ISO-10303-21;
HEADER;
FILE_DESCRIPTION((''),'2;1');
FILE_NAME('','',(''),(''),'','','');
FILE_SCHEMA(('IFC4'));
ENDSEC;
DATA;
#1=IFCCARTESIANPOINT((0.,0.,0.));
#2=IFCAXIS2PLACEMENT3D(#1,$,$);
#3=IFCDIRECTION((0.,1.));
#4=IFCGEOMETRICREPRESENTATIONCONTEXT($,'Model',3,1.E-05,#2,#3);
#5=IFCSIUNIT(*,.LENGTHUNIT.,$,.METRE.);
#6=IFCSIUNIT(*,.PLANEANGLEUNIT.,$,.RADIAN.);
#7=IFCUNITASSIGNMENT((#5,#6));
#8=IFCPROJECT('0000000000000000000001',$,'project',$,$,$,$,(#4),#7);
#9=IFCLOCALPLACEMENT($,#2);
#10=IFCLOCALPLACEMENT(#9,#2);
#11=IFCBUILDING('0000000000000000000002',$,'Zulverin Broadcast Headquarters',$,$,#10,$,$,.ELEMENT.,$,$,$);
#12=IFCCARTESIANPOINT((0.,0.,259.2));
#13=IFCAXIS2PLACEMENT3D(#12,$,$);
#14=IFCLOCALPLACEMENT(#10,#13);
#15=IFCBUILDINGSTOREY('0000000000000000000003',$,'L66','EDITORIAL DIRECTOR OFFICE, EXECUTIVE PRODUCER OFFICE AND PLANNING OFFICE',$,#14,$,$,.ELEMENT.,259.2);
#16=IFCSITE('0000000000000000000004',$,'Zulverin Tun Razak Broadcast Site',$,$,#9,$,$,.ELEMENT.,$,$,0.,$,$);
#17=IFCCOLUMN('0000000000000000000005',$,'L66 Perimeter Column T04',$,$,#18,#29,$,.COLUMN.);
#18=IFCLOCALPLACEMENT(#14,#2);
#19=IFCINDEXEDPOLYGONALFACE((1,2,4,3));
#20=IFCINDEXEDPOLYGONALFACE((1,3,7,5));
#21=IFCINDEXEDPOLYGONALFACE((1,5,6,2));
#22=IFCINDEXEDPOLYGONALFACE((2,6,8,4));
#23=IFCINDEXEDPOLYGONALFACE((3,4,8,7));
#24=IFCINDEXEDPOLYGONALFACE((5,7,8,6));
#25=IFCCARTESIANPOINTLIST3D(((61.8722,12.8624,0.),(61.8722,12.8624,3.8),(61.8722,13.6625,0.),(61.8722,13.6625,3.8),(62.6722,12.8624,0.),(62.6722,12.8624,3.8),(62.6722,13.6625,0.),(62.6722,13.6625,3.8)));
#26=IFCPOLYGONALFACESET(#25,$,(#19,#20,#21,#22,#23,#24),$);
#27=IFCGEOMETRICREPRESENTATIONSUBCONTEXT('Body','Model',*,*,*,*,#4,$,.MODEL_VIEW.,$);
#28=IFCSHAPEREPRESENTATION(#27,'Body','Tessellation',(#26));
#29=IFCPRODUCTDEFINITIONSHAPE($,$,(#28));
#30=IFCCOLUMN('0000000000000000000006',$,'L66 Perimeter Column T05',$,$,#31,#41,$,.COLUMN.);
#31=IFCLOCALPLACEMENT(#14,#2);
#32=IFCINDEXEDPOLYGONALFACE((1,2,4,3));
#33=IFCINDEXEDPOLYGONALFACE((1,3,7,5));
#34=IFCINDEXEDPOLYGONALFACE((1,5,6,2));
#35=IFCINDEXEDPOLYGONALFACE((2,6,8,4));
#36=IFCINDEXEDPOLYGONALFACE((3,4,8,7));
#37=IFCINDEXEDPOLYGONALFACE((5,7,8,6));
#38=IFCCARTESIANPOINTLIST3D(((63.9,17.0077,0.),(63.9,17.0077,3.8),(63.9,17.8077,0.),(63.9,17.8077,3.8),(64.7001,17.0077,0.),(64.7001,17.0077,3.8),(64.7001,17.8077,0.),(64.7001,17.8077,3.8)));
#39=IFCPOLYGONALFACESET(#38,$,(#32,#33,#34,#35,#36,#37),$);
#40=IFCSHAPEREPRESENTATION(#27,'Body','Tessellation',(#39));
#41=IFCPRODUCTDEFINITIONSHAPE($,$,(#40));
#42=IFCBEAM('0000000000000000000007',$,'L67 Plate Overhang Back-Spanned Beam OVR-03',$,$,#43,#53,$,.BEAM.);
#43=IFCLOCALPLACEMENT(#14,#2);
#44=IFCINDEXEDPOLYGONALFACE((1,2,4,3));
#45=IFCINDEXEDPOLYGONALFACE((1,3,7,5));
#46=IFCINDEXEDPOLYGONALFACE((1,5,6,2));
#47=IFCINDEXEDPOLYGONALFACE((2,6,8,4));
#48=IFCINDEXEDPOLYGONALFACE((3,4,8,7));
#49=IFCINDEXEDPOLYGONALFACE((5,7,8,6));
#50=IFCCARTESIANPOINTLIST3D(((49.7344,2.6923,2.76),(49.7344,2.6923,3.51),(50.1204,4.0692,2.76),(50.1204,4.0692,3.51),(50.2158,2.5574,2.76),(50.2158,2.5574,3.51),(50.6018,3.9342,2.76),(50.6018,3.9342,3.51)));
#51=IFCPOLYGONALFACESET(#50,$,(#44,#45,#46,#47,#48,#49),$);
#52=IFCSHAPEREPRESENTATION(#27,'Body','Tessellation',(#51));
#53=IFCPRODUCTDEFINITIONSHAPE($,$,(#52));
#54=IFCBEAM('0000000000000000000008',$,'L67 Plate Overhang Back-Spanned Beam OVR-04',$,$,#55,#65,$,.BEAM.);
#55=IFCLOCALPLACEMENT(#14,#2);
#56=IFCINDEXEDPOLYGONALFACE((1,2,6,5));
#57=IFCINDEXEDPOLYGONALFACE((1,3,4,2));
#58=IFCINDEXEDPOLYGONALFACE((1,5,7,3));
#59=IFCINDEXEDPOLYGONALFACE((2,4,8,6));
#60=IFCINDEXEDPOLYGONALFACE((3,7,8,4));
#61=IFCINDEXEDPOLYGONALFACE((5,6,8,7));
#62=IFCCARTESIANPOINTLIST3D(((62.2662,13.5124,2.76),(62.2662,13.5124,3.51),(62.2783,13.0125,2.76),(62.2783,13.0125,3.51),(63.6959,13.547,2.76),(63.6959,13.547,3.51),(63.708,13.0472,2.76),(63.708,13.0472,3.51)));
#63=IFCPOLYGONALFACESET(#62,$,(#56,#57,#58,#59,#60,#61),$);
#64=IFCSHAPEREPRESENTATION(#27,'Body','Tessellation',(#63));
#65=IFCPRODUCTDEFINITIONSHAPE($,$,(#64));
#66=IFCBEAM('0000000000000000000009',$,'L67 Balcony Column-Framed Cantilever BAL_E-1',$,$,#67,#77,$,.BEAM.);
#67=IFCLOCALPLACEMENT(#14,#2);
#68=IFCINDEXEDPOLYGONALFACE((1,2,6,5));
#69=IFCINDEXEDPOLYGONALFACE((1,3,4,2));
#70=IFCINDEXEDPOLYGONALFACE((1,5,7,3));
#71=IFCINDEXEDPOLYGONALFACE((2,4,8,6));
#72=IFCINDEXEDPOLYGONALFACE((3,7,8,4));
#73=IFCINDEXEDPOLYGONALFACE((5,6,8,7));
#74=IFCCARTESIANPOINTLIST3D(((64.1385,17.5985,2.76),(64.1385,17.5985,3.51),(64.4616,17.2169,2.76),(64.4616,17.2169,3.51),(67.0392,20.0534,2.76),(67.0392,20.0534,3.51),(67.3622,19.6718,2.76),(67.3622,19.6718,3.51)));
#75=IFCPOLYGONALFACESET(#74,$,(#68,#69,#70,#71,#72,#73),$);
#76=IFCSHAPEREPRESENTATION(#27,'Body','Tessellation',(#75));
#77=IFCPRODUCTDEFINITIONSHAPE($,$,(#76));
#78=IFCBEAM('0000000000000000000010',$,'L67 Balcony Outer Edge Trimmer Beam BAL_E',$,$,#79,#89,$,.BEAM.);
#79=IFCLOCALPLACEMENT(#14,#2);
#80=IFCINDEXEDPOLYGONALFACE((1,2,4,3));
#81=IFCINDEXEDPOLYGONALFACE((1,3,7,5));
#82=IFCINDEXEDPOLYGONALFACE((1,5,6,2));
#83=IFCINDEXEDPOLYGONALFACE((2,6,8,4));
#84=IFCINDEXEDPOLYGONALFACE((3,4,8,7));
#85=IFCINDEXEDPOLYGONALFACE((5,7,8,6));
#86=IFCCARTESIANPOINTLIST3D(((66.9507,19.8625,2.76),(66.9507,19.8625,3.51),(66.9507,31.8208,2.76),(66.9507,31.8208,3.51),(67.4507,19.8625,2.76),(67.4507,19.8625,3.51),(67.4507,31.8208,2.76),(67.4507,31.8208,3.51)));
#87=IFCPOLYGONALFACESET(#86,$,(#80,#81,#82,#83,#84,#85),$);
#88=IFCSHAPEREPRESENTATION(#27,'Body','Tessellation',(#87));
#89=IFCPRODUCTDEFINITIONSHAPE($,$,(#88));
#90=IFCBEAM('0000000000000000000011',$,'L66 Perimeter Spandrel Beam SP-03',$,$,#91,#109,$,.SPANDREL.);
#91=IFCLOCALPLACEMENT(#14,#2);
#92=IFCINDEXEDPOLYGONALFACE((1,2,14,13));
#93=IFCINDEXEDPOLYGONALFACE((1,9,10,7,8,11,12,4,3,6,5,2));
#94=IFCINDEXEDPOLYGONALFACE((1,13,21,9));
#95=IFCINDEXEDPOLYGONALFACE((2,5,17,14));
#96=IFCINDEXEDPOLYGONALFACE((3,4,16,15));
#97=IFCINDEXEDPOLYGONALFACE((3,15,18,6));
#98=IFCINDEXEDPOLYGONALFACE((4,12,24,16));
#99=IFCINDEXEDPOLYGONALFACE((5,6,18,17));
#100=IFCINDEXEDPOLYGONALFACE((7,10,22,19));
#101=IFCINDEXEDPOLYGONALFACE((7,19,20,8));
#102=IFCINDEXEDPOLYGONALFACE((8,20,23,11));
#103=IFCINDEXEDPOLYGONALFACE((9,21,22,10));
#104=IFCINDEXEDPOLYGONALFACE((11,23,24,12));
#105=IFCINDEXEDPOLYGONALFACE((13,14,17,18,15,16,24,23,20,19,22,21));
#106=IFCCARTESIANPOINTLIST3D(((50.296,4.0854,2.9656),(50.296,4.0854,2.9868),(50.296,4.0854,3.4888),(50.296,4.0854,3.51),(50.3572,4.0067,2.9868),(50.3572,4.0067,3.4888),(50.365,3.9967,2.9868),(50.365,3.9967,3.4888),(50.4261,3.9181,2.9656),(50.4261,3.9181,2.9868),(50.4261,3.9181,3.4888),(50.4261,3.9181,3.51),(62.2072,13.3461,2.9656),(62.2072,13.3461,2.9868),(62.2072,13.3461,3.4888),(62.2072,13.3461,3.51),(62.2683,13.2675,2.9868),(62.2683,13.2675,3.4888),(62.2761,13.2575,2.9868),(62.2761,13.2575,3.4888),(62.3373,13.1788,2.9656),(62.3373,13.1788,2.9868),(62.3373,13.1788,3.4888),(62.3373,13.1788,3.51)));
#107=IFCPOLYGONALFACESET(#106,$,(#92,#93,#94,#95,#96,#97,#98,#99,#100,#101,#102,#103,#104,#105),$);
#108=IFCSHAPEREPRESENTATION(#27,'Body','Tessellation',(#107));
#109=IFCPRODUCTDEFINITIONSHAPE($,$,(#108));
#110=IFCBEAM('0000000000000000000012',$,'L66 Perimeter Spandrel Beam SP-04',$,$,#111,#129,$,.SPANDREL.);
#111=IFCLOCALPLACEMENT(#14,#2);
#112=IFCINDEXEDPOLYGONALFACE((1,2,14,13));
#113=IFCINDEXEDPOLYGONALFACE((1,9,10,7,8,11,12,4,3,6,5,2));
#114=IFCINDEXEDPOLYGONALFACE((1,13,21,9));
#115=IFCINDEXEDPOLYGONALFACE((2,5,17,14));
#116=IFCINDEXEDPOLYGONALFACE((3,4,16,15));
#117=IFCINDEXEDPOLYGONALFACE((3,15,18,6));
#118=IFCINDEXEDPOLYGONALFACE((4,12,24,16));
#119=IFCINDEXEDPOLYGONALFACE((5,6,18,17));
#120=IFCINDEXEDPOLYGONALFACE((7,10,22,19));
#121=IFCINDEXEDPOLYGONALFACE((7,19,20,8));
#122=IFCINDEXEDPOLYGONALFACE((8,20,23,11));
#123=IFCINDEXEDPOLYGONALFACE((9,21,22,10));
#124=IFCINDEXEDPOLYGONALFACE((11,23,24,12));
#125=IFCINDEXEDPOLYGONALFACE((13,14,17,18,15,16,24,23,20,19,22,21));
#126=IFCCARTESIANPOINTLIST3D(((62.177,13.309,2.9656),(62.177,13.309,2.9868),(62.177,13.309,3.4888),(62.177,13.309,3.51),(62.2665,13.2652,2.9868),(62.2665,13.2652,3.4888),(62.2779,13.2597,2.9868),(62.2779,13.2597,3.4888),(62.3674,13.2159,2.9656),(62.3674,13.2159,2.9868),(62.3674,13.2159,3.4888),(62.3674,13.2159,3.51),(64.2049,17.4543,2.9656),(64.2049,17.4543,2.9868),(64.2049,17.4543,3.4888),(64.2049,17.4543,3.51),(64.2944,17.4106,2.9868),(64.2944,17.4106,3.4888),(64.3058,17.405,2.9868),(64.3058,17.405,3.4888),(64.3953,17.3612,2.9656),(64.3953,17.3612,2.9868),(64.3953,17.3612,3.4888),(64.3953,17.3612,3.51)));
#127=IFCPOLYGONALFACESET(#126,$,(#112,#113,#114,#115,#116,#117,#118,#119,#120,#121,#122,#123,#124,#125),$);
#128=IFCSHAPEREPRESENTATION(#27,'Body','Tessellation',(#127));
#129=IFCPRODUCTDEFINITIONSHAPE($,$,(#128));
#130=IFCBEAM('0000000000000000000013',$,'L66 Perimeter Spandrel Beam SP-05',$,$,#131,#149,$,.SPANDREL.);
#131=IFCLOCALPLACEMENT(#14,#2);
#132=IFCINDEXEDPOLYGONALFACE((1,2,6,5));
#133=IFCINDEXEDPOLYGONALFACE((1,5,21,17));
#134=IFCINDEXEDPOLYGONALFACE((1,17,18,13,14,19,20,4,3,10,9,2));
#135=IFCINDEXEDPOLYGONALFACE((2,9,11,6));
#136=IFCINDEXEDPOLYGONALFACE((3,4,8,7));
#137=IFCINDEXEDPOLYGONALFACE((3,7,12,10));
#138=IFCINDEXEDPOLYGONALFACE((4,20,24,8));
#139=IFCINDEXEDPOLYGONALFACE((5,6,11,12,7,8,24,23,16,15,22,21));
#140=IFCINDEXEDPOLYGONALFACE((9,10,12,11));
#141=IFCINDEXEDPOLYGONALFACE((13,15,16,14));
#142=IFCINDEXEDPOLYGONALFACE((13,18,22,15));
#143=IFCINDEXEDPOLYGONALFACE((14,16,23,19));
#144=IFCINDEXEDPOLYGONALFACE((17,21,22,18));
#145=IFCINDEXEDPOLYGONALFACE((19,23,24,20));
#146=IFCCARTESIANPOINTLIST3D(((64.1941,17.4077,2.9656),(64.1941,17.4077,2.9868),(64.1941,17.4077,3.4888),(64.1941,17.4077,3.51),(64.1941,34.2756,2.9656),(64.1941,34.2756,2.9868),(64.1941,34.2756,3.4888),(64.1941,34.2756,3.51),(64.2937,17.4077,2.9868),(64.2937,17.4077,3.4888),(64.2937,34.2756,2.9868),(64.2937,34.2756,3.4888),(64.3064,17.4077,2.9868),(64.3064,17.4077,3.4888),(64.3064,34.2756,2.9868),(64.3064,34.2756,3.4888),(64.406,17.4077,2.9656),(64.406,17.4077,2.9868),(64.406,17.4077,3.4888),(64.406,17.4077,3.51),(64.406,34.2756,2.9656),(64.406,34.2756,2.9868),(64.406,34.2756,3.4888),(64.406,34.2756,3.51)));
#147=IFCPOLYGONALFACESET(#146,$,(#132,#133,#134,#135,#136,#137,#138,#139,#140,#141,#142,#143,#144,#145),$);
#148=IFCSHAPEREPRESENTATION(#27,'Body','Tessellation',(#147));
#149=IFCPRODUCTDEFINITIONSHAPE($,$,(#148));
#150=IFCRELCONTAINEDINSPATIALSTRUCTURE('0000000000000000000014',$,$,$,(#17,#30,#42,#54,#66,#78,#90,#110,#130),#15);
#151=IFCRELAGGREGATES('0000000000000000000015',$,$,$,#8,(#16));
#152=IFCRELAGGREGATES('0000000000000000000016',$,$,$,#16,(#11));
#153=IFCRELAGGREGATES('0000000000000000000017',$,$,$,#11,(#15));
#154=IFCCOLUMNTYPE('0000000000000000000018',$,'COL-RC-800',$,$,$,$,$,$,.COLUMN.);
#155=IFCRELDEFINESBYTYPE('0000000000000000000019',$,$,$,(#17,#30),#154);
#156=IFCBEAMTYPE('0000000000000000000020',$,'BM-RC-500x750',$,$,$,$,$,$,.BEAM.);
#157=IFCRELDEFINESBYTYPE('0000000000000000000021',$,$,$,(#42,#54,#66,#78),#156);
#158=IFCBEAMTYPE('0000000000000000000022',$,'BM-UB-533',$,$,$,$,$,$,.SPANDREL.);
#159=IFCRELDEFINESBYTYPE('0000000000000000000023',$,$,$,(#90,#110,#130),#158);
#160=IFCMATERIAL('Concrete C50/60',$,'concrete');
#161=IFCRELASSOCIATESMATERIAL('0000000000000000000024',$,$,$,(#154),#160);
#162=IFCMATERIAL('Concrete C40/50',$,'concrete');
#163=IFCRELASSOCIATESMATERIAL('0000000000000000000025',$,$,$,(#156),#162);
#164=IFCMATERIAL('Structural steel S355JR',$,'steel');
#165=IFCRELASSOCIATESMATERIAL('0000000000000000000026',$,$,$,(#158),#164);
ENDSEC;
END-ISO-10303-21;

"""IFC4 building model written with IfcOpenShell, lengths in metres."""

from ifc_helpers import new_model, si_unit, direction, frame, origin, origin_2d, place, context, subcontext, project, spatial, rectangle, i_section, extrude, material, material_profile, profile_set, type_object, element, save


model = new_model("IFC4")

# Units and contexts
model_context = context("Model", 3, precision=1e-05, world=origin(), true_north=direction((0.0, 1.0)))
body_context = subcontext(model_context, "Body", "Model", "MODEL_VIEW")
ifc_project = project(units=[si_unit("LENGTHUNIT", "METRE"), si_unit("PLANEANGLEUNIT", "RADIAN")], contexts=[model_context])

# Site, building, storey
site_placement = place(None, origin())
site = spatial("IfcSite", under=ifc_project, at=site_placement, Name="Zulverin Tun Razak Broadcast Site", CompositionType="ELEMENT", RefElevation=0.0)
building_placement = place(site_placement, origin())
building = spatial("IfcBuilding", under=site, at=building_placement, Name="Zulverin Broadcast Headquarters", CompositionType="ELEMENT")
storey_placement = place(building_placement, frame((0.0, 0.0, 259.2)))
storey = spatial("IfcBuildingStorey", under=building, at=storey_placement, Name="L66", Description="EDITORIAL DIRECTOR OFFICE, EXECUTIVE PRODUCER OFFICE AND PLANNING OFFICE", CompositionType="ELEMENT", Elevation=259.2)

# Columns
ifc_material_1 = material(Name="Concrete C50/60", Category="concrete")
ifc_material_profile_1 = material_profile(ifc_material_1, rectangle(XDim=0.8, YDim=0.8, at=origin_2d()), Name="Concrete C50/60", Category="concrete")
ifc_profile_set_1 = profile_set([ifc_material_profile_1], Name="Concrete C50/60")
column_type = type_object("IfcColumnType", Name="COL-RC-800", PredefinedType="COLUMN", material=ifc_profile_set_1)
for number, where, z_axis, x_axis, name in (
    (1, (62.2722, 13.2625, 0.0), (0.0, 0.0, 1.0), (1.0, 0.0, 0.0), "L66 Perimeter Column T04"),
    (2, (64.3, 17.4077, 0.0), (0.0, 0.0, 1.0), (1.0, 0.0, 0.0), "L66 Perimeter Column T05"),
):
    element("IfcColumn", number, at=place(storey_placement, frame(where, z_axis=z_axis, x_axis=x_axis)), inside=storey, type_object=column_type, Name=name, PredefinedType="COLUMN", context=body_context, shape_type="SweptSolid", body=[
        extrude(rectangle(XDim=0.8, YDim=0.8, at=origin_2d()), origin(), (0.0, 0.0, 1.0), 3.8),
    ])

# Beams
ifc_material_2 = material(Name="Concrete C40/50", Category="concrete")
ifc_material_profile_2 = material_profile(ifc_material_2, rectangle(XDim=0.5, YDim=0.75, at=origin_2d()), Name="Concrete C40/50", Category="concrete")
ifc_profile_set_2 = profile_set([ifc_material_profile_2], Name="Concrete C40/50")
beam_type_1 = type_object("IfcBeamType", Name="BM-RC-500x750", PredefinedType="BEAM", material=ifc_profile_set_2)
beam_1_placement = place(storey_placement, frame((50.3611, 4.0017, 3.135), z_axis=(-0.269915, -0.962884, 0.0), x_axis=(0.962884, -0.269915, 0.0)))
element("IfcBeam", 3, at=beam_1_placement, inside=storey, type_object=beam_type_1, Name="L67 Plate Overhang Back-Spanned Beam OVR-03", PredefinedType="BEAM", context=body_context, shape_type="SweptSolid", body=[
    extrude(rectangle(XDim=0.5, YDim=0.75, at=origin_2d()), origin(), (0.0, 0.0, 1.0), 1.4299),
])
beam_2_placement = place(storey_placement, frame((62.2722, 13.2625, 3.135), z_axis=(0.999706, 0.024242, 0.0), x_axis=(-0.024242, 0.999706, 0.0)))
element("IfcBeam", 4, at=beam_2_placement, inside=storey, type_object=beam_type_1, Name="L67 Plate Overhang Back-Spanned Beam OVR-04", PredefinedType="BEAM", context=body_context, shape_type="SweptSolid", body=[
    extrude(rectangle(XDim=0.5, YDim=0.75, at=origin_2d()), origin(), (0.0, 0.0, 1.0), 1.4302),
])
beam_3_placement = place(storey_placement, frame((64.3, 17.4077, 3.135), z_axis=(0.763328, 0.646011, 0.0), x_axis=(-0.646011, 0.763328, 0.0)))
element("IfcBeam", 5, at=beam_3_placement, inside=storey, type_object=beam_type_1, Name="L67 Balcony Column-Framed Cantilever BAL_E-1", PredefinedType="BEAM", context=body_context, shape_type="SweptSolid", body=[
    extrude(rectangle(XDim=0.5, YDim=0.75, at=origin_2d()), origin(), (0.0, 0.0, 1.0), 3.8),
])
beam_4_placement = place(storey_placement, frame((67.2007, 19.8625, 3.135), z_axis=(0.0, 1.0, 0.0), x_axis=(-1.0, 0.0, 0.0)))
element("IfcBeam", 6, at=beam_4_placement, inside=storey, type_object=beam_type_1, Name="L67 Balcony Outer Edge Trimmer Beam BAL_E", PredefinedType="BEAM", context=body_context, shape_type="SweptSolid", body=[
    extrude(rectangle(XDim=0.5, YDim=0.75, at=origin_2d()), origin(), (0.0, 0.0, 1.0), 11.9583),
])
ifc_material_3 = material(Name="Structural steel S355JR", Category="steel")
ifc_material_profile_3 = material_profile(ifc_material_3, i_section(OverallWidth=0.2119, OverallDepth=0.5444, WebThickness=0.0127, FlangeThickness=0.0212, at=origin_2d()), Name="Structural steel S355JR", Category="steel")
ifc_profile_set_3 = profile_set([ifc_material_profile_3], Name="Structural steel S355JR")
beam_type_2 = type_object("IfcBeamType", Name="BM-UB-533", PredefinedType="SPANDREL", material=ifc_profile_set_3)
beam_5_placement = place(storey_placement, frame((50.3611, 4.0017, 3.2378), z_axis=(0.789464, 0.613797, 0.0), x_axis=(-0.613797, 0.789464, 0.0)))
element("IfcBeam", 7, at=beam_5_placement, inside=storey, type_object=beam_type_2, Name="L66 Perimeter Spandrel Beam SP-03", PredefinedType="SPANDREL", context=body_context, shape_type="SweptSolid", body=[
    extrude(i_section(OverallWidth=0.2119, OverallDepth=0.5444, WebThickness=0.0127, FlangeThickness=0.0212, at=origin_2d()), origin(), (0.0, 0.0, 1.0), 15.0876),
])
beam_6_placement = place(storey_placement, frame((62.2722, 13.2625, 3.2378), z_axis=(0.43943, 0.898277, 0.0), x_axis=(-0.898277, 0.43943, 0.0)))
element("IfcBeam", 8, at=beam_6_placement, inside=storey, type_object=beam_type_2, Name="L66 Perimeter Spandrel Beam SP-04", PredefinedType="SPANDREL", context=body_context, shape_type="SweptSolid", body=[
    extrude(i_section(OverallWidth=0.2119, OverallDepth=0.5444, WebThickness=0.0127, FlangeThickness=0.0212, at=origin_2d()), origin(), (0.0, 0.0, 1.0), 4.6147),
])
beam_7_placement = place(storey_placement, frame((64.3, 17.4077, 3.2378), z_axis=(0.0, 1.0, 0.0), x_axis=(-1.0, 0.0, 0.0)))
element("IfcBeam", 9, at=beam_7_placement, inside=storey, type_object=beam_type_2, Name="L66 Perimeter Spandrel Beam SP-05", PredefinedType="SPANDREL", context=body_context, shape_type="SweptSolid", body=[
    extrude(i_section(OverallWidth=0.2119, OverallDepth=0.5444, WebThickness=0.0127, FlangeThickness=0.0212, at=origin_2d()), origin(), (0.0, 0.0, 1.0), 16.8679),
])

save(model, "model.ifc")
